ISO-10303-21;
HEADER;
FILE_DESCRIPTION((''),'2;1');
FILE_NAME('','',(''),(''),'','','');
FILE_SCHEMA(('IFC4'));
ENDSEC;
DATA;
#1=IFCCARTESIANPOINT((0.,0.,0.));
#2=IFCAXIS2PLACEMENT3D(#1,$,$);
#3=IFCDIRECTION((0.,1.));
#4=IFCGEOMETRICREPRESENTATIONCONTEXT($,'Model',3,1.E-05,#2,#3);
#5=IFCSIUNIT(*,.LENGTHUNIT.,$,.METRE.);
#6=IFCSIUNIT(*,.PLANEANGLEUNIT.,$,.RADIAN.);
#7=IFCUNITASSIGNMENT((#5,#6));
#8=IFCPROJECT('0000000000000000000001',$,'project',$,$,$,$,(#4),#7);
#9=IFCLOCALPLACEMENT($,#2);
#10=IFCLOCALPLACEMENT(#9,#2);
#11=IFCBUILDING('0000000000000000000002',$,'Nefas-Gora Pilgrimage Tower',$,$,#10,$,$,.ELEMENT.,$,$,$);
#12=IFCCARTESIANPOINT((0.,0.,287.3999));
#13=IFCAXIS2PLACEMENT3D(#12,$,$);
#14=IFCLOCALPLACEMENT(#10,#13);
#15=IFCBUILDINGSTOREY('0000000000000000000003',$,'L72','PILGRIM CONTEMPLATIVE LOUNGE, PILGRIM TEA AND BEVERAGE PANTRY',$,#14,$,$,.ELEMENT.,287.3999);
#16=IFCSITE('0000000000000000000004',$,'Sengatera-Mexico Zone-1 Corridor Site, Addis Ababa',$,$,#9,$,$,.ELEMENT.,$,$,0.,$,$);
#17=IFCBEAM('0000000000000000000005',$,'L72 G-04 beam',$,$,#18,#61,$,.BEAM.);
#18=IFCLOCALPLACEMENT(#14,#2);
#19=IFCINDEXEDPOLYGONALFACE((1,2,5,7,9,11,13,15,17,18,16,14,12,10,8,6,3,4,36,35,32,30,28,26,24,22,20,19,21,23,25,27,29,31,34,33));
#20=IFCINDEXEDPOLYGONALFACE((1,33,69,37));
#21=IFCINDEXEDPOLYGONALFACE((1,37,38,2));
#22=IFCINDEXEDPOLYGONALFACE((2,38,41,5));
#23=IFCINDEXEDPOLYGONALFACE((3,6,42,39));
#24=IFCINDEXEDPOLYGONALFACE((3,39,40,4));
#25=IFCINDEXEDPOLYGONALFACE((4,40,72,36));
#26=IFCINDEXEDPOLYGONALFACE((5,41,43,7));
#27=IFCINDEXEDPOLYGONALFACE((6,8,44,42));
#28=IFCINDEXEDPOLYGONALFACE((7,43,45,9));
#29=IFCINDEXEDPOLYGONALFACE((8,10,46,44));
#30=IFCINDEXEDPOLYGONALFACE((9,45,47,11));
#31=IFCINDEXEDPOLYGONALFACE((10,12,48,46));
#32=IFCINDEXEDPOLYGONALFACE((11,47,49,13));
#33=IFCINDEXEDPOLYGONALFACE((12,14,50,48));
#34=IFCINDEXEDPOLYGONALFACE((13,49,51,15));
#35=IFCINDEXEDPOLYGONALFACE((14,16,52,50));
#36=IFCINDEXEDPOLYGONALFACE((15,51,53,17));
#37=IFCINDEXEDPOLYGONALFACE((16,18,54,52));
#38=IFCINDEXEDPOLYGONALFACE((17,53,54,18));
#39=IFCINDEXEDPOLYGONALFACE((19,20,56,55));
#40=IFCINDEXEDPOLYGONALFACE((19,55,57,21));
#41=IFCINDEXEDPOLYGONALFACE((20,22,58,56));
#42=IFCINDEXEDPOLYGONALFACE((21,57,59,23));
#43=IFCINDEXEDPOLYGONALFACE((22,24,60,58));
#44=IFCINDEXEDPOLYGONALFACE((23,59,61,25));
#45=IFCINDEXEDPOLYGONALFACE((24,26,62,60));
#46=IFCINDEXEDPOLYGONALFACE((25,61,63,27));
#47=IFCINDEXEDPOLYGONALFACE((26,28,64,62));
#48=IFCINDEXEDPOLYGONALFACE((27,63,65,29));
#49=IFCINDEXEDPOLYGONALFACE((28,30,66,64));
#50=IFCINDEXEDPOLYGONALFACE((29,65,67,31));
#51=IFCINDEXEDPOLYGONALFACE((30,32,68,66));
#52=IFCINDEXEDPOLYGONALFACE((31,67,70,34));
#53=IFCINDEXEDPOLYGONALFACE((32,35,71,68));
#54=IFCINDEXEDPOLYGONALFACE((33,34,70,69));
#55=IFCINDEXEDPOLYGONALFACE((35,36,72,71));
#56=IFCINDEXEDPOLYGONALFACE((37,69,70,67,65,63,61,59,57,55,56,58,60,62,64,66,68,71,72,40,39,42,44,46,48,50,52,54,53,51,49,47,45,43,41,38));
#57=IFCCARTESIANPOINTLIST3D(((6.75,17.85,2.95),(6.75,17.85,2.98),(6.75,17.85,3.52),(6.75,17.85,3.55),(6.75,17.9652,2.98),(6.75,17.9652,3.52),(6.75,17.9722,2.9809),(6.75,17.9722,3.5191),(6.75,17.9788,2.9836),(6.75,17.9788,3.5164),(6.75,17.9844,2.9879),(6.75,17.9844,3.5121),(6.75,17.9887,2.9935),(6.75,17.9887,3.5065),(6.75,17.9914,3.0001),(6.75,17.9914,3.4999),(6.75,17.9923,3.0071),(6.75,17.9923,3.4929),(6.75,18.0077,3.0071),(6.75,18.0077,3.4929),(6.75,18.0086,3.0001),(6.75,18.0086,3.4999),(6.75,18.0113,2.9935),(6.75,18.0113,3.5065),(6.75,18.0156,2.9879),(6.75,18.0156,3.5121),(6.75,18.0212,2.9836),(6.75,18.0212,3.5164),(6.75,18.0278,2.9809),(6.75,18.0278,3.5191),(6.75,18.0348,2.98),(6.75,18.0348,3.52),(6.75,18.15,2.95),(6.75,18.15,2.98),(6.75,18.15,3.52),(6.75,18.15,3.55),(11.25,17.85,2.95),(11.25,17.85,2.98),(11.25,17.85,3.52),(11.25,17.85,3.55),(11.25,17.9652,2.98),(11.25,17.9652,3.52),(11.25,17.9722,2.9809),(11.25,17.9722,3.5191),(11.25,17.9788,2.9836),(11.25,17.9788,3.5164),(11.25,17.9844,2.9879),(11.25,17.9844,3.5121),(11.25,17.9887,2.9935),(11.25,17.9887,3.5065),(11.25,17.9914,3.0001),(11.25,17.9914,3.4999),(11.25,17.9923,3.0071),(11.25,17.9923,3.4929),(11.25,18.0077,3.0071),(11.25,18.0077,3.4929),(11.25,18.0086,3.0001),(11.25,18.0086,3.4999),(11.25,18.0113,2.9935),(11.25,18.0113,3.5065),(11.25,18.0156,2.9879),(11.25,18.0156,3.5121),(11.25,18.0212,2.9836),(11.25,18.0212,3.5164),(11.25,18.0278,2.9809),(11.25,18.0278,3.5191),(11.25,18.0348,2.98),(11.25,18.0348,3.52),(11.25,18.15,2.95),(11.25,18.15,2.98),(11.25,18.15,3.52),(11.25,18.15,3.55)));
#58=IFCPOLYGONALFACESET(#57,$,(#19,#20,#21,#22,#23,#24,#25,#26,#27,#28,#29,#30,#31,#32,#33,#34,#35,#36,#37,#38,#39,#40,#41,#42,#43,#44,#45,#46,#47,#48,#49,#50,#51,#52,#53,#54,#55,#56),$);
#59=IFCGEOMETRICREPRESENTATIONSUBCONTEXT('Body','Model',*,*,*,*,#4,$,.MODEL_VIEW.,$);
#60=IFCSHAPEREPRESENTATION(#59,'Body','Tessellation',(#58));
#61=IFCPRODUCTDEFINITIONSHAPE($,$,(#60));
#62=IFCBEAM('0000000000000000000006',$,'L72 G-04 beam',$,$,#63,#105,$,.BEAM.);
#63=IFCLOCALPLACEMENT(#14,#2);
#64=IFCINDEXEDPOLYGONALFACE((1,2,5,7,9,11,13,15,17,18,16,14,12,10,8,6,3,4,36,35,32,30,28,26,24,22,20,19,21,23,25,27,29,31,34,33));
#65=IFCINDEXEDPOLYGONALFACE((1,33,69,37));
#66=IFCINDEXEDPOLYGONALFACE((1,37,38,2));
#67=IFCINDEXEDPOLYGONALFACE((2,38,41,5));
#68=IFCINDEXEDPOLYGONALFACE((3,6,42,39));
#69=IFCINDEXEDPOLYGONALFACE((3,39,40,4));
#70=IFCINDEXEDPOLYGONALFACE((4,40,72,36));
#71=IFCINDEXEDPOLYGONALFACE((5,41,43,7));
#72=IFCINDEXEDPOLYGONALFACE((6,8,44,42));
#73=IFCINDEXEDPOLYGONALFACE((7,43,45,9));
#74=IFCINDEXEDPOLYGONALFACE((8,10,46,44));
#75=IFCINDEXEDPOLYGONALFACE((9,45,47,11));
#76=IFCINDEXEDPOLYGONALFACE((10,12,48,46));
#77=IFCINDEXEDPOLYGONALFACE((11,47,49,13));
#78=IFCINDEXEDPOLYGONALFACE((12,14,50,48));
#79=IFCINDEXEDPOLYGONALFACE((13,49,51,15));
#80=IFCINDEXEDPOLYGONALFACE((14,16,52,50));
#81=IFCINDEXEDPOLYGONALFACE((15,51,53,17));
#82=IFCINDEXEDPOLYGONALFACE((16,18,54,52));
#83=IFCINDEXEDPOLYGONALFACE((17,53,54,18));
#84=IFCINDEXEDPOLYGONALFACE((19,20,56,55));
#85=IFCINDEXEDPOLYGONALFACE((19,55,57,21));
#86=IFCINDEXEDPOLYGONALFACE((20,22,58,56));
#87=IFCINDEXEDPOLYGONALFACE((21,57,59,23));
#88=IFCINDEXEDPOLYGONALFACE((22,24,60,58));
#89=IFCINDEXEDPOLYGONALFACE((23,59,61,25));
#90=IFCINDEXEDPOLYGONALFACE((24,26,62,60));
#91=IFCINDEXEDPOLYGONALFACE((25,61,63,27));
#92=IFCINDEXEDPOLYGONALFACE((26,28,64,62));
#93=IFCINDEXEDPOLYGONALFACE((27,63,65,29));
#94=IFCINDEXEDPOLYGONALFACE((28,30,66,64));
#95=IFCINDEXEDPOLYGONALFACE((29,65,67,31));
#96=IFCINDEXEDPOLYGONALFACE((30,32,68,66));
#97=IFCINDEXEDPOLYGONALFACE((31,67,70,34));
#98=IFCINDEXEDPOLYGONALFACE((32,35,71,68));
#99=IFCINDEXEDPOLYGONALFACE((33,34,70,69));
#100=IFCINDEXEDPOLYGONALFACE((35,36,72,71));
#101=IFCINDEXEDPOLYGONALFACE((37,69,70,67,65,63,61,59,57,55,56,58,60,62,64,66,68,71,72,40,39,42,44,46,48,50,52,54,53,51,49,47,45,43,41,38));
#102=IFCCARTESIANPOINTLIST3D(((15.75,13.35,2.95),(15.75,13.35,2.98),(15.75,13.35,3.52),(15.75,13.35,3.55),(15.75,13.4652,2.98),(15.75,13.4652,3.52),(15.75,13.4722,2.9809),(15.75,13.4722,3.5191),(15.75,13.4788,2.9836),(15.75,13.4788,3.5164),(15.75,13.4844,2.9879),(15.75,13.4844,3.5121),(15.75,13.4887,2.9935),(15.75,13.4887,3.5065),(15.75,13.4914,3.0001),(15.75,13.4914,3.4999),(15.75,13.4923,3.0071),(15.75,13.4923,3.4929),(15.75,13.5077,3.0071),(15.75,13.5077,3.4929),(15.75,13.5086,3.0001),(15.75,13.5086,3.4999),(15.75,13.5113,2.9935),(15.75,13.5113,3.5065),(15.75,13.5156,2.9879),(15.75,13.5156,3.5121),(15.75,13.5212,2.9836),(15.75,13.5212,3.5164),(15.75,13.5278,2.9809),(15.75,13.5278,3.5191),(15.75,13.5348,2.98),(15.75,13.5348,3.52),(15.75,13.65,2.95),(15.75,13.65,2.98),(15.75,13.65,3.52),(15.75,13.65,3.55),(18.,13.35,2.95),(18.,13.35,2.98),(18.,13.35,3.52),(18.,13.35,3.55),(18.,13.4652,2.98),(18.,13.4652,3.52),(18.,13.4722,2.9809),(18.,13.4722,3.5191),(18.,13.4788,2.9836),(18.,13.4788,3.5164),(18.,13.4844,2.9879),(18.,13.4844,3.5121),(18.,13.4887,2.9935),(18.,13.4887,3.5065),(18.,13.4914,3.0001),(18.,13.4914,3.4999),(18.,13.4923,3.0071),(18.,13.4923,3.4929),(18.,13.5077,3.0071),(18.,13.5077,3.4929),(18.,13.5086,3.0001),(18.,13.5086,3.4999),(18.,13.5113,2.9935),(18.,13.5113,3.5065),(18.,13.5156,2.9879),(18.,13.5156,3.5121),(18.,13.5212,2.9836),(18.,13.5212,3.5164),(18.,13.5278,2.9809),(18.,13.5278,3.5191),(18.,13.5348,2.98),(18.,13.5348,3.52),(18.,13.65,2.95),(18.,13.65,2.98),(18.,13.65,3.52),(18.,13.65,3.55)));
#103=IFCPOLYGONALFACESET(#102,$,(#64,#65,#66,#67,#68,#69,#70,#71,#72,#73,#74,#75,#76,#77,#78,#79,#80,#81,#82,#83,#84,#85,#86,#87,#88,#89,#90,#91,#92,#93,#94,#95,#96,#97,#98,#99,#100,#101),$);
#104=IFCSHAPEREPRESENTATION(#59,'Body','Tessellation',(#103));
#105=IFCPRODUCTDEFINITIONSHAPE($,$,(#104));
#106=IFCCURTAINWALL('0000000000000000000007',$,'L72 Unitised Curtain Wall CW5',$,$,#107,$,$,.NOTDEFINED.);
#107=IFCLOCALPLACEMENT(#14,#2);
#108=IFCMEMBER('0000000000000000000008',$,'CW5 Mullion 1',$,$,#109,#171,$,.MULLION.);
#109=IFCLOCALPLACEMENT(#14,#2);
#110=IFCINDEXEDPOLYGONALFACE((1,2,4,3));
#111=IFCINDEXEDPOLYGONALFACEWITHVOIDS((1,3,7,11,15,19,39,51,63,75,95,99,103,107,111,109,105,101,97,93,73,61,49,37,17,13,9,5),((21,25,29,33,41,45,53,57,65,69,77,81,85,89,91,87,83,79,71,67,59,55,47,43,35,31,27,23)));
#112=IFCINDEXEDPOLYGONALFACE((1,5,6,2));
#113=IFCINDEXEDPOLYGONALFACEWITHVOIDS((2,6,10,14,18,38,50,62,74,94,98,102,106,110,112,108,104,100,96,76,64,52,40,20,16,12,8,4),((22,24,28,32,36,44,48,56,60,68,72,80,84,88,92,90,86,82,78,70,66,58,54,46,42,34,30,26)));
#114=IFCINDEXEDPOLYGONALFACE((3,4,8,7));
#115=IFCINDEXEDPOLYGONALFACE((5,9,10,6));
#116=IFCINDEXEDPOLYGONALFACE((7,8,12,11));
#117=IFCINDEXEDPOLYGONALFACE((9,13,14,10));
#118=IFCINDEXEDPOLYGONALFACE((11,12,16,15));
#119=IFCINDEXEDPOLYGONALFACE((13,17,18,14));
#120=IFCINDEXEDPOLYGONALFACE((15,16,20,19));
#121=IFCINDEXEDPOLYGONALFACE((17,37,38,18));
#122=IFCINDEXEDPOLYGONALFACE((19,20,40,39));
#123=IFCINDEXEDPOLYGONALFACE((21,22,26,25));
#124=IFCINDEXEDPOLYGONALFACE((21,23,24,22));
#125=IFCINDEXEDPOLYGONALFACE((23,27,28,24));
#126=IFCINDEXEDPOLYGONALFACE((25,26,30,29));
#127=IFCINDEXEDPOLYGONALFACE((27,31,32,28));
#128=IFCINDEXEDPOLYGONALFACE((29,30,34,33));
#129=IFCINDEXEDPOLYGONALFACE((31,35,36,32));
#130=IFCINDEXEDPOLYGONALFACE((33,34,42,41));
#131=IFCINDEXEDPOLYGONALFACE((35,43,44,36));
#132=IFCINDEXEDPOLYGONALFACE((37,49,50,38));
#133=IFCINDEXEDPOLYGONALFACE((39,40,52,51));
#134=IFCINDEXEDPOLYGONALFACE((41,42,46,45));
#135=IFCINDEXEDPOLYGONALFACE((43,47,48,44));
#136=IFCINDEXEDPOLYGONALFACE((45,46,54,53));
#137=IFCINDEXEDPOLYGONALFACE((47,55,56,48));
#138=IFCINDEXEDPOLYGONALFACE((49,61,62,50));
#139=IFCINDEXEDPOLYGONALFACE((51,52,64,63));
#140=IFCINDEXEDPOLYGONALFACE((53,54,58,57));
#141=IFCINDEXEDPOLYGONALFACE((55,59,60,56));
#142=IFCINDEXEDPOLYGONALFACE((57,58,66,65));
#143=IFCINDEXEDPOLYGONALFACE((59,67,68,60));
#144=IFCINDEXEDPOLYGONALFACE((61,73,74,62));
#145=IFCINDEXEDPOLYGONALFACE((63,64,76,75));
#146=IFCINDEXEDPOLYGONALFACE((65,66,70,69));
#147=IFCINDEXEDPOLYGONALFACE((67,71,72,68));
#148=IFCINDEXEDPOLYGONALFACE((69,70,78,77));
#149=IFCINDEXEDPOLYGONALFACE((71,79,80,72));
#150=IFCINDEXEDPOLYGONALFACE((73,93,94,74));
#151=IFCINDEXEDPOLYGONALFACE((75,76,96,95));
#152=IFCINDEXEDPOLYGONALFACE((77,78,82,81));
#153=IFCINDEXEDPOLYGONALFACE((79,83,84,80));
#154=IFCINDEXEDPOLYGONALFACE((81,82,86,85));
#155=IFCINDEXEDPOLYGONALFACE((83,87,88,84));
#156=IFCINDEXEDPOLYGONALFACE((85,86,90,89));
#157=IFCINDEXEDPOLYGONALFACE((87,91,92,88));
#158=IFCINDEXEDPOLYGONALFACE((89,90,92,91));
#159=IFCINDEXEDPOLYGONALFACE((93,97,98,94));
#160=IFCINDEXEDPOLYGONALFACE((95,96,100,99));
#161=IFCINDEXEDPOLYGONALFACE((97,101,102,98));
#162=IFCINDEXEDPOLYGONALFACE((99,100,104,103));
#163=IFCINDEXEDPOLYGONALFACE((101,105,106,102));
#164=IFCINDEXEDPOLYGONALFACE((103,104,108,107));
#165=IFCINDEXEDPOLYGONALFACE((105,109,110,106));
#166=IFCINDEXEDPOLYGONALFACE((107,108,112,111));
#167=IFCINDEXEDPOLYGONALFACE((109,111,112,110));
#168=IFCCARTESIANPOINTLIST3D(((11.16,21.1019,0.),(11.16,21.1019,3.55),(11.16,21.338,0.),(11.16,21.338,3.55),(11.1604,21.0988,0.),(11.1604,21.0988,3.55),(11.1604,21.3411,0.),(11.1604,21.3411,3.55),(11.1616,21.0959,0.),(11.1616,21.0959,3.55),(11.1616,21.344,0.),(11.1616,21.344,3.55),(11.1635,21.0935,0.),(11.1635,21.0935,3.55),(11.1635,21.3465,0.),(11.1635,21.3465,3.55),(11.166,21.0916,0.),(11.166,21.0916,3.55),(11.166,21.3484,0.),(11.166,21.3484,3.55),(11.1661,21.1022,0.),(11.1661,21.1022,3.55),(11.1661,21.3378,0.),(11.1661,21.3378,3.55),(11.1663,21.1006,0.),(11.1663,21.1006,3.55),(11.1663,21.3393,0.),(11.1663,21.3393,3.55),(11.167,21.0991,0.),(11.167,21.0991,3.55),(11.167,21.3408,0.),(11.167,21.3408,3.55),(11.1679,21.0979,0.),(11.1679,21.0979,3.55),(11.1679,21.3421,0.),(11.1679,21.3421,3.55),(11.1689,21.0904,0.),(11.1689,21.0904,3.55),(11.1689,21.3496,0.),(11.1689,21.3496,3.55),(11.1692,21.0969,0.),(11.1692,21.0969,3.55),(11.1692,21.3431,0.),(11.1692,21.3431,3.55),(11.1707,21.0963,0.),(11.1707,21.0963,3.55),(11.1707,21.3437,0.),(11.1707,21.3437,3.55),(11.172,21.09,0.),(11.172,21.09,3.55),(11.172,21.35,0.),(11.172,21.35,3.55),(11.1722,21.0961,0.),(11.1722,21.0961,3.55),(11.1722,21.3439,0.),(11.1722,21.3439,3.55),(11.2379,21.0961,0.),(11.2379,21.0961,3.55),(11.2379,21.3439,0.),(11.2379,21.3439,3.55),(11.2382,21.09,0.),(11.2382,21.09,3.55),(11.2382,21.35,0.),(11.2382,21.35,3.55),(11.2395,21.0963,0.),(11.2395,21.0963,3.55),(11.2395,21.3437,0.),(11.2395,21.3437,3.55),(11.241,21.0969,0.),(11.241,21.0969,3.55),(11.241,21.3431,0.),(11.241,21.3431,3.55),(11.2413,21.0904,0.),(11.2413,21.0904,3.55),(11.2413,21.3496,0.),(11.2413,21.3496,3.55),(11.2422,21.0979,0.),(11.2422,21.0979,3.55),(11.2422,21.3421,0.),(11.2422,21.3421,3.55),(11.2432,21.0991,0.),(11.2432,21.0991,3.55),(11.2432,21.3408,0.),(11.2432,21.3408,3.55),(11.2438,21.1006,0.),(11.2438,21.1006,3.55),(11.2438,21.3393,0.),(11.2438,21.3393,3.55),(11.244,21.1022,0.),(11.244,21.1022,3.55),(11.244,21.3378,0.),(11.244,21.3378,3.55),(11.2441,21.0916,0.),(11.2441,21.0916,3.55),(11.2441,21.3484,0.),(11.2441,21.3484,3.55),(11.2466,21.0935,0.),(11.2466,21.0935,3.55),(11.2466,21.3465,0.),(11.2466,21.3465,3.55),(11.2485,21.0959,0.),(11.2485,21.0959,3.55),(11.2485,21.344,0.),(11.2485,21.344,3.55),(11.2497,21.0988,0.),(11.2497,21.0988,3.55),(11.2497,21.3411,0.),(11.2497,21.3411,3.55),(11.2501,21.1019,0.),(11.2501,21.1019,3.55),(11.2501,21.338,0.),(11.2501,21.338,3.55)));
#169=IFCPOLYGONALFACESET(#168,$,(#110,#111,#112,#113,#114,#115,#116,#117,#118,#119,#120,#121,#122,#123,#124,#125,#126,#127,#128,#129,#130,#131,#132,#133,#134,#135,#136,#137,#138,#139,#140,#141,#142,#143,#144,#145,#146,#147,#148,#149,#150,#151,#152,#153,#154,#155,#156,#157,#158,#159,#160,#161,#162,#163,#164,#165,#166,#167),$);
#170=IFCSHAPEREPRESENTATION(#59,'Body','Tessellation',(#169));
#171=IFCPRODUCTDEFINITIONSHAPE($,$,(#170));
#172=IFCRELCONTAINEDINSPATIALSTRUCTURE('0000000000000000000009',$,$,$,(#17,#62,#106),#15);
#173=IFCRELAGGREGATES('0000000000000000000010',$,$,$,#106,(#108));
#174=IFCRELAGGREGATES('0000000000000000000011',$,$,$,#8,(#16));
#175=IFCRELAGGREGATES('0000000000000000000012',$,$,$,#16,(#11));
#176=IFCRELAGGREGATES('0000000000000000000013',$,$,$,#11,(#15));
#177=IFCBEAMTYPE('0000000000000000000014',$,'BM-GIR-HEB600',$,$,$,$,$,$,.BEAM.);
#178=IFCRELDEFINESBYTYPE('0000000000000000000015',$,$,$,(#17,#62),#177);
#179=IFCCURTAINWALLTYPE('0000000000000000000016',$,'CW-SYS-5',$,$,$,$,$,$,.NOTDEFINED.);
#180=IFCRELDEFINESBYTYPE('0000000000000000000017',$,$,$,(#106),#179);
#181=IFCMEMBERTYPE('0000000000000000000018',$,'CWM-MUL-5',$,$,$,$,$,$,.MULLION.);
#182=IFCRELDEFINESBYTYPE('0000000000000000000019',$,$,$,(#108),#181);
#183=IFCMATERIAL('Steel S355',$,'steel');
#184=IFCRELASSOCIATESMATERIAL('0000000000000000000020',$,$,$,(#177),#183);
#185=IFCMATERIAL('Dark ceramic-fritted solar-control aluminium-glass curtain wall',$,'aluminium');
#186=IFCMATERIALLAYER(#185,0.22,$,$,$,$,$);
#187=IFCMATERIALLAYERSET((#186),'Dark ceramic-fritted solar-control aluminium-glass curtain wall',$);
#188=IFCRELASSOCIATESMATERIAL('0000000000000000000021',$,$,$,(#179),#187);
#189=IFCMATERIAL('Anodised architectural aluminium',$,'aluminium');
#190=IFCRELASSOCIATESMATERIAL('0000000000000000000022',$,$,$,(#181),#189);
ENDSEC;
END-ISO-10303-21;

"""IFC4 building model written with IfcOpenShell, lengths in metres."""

from ifc_helpers import new_model, si_unit, direction, frame, origin, origin_2d, place, context, subcontext, project, spatial, hollow_rectangle, i_section, extrude, source, transform, mapped, material, layer, layer_set, material_profile, profile_set, type_object, element, aggregate, save


model = new_model("IFC4")

# Units and contexts
model_context = context("Model", 3, precision=1e-05, world=origin(), true_north=direction((0.0, 1.0)))
body_context = subcontext(model_context, "Body", "Model", "MODEL_VIEW")
ifc_project = project(units=[si_unit("LENGTHUNIT", "METRE"), si_unit("PLANEANGLEUNIT", "RADIAN")], contexts=[model_context])

# Site, building, storey
site_placement = place(None, origin())
site = spatial("IfcSite", under=ifc_project, at=site_placement, Name="Sengatera-Mexico Zone-1 Corridor Site, Addis Ababa", CompositionType="ELEMENT", RefElevation=0.0)
building_placement = place(site_placement, origin())
building = spatial("IfcBuilding", under=site, at=building_placement, Name="Nefas-Gora Pilgrimage Tower", CompositionType="ELEMENT")
storey_placement = place(building_placement, frame((0.0, 0.0, 287.3999)))
storey = spatial("IfcBuildingStorey", under=building, at=storey_placement, Name="L72", Description="PILGRIM CONTEMPLATIVE LOUNGE, PILGRIM TEA AND BEVERAGE PANTRY", CompositionType="ELEMENT", Elevation=287.3999)

# Shared definitions
ifc_material_1 = material(Name="Steel S355", Category="steel")

# Beams
ifc_material_profile_1 = material_profile(ifc_material_1, i_section(OverallWidth=0.3, OverallDepth=0.6001, WebThickness=0.0154, FlangeThickness=0.03, FilletRadius=0.0271, at=origin_2d()), Name="HEB 600")
ifc_profile_set_1 = profile_set([ifc_material_profile_1], Name="Steel S355")
beam_type = type_object("IfcBeamType", Name="BM-GIR-HEB600", PredefinedType="BEAM", material=ifc_profile_set_1)
shared_shape_1 = source(origin(), body_context, "Body", "SweptSolid", [
    extrude(i_section(OverallWidth=0.3, OverallDepth=0.6001, WebThickness=0.0154, FlangeThickness=0.03, FilletRadius=0.0271, at=origin_2d()), origin(), (0.0, 0.0, 1.0), 4.5),
])
beam_1_placement = place(storey_placement, frame((6.75, 18.0, 3.25), z_axis=(1.0, 0.0, 0.0), x_axis=(0.0, 1.0, 0.0)))
element("IfcBeam", 1, at=beam_1_placement, inside=storey, type_object=beam_type, Name="L72 G-04 beam", PredefinedType="BEAM", context=body_context, shape_type="MappedRepresentation", body=[
    mapped(shared_shape_1, transform((0.0, 0.0, 0.0), x_axis=(1.0, 0.0, 0.0), y_axis=(0.0, 1.0, 0.0), z_axis=(0.0, 0.0, 1.0), scale=1.0)),
])
shared_shape_2 = source(origin(), body_context, "Body", "SweptSolid", [
    extrude(i_section(OverallWidth=0.3, OverallDepth=0.6001, WebThickness=0.0154, FlangeThickness=0.03, FilletRadius=0.0271, at=origin_2d()), origin(), (0.0, 0.0, 1.0), 2.25),
])
beam_2_placement = place(storey_placement, frame((15.75, 13.5, 3.25), z_axis=(1.0, 0.0, 0.0), x_axis=(0.0, 1.0, 0.0)))
element("IfcBeam", 2, at=beam_2_placement, inside=storey, type_object=beam_type, Name="L72 G-04 beam", PredefinedType="BEAM", context=body_context, shape_type="MappedRepresentation", body=[
    mapped(shared_shape_2, transform((0.0, 0.0, 0.0), x_axis=(1.0, 0.0, 0.0), y_axis=(0.0, 1.0, 0.0), z_axis=(0.0, 0.0, 1.0), scale=1.0)),
])

# Curtain wall, member
ifc_material_2 = material(Name="Dark ceramic-fritted solar-control aluminium-glass curtain wall", Category="aluminium")
ifc_layer_1 = layer(ifc_material_2, 0.22)
ifc_layer_set_1 = layer_set([ifc_layer_1], Name="Dark ceramic-fritted solar-control aluminium-glass curtain wall")
curtain_wall_type_1 = type_object("IfcCurtainWallType", Name="CW-SYS-5", PredefinedType="NOTDEFINED", material=ifc_layer_set_1)
curtain_wall_1_placement = place(storey_placement, origin())
curtain_wall_1 = element("IfcCurtainWall", 3, at=curtain_wall_1_placement, inside=storey, type_object=curtain_wall_type_1, Name="L72 Unitised Curtain Wall CW5", PredefinedType="NOTDEFINED")
ifc_material_3 = material(Name="Anodised architectural aluminium", Category="aluminium")
ifc_material_profile_2 = material_profile(ifc_material_3, hollow_rectangle(XDim=0.0901, YDim=0.26, WallThickness=0.0061, InnerFilletRadius=0.0061, OuterFilletRadius=0.012, at=origin_2d()), Name="ALU MULLION 90x260")
ifc_profile_set_2 = profile_set([ifc_material_profile_2], Name="Anodised architectural aluminium")
member_type_1 = type_object("IfcMemberType", Name="CWM-MUL-5", PredefinedType="MULLION", material=ifc_profile_set_2)
shared_shape_3 = source(origin(), body_context, "Body", "SweptSolid", [
    extrude(hollow_rectangle(XDim=0.0901, YDim=0.26, WallThickness=0.0061, InnerFilletRadius=0.0061, OuterFilletRadius=0.012, at=origin_2d()), origin(), (0.0, 0.0, 1.0), 3.55),
])
member_1_placement = place(storey_placement, frame((11.2051, 21.22, 0.0), z_axis=(0.0, 0.0, 1.0), x_axis=(-1.0, 0.0, 0.0)))
member_1 = element("IfcMember", 4, at=member_1_placement, type_object=member_type_1, Name="CW5 Mullion 1", PredefinedType="MULLION", context=body_context, shape_type="MappedRepresentation", body=[
    mapped(shared_shape_3, transform((0.0, 0.0, 0.0), x_axis=(1.0, 0.0, 0.0), y_axis=(0.0, 1.0, 0.0), z_axis=(0.0, 0.0, 1.0), scale=1.0)),
])

aggregate(curtain_wall_1, [member_1])

save(model, "model.ifc")
